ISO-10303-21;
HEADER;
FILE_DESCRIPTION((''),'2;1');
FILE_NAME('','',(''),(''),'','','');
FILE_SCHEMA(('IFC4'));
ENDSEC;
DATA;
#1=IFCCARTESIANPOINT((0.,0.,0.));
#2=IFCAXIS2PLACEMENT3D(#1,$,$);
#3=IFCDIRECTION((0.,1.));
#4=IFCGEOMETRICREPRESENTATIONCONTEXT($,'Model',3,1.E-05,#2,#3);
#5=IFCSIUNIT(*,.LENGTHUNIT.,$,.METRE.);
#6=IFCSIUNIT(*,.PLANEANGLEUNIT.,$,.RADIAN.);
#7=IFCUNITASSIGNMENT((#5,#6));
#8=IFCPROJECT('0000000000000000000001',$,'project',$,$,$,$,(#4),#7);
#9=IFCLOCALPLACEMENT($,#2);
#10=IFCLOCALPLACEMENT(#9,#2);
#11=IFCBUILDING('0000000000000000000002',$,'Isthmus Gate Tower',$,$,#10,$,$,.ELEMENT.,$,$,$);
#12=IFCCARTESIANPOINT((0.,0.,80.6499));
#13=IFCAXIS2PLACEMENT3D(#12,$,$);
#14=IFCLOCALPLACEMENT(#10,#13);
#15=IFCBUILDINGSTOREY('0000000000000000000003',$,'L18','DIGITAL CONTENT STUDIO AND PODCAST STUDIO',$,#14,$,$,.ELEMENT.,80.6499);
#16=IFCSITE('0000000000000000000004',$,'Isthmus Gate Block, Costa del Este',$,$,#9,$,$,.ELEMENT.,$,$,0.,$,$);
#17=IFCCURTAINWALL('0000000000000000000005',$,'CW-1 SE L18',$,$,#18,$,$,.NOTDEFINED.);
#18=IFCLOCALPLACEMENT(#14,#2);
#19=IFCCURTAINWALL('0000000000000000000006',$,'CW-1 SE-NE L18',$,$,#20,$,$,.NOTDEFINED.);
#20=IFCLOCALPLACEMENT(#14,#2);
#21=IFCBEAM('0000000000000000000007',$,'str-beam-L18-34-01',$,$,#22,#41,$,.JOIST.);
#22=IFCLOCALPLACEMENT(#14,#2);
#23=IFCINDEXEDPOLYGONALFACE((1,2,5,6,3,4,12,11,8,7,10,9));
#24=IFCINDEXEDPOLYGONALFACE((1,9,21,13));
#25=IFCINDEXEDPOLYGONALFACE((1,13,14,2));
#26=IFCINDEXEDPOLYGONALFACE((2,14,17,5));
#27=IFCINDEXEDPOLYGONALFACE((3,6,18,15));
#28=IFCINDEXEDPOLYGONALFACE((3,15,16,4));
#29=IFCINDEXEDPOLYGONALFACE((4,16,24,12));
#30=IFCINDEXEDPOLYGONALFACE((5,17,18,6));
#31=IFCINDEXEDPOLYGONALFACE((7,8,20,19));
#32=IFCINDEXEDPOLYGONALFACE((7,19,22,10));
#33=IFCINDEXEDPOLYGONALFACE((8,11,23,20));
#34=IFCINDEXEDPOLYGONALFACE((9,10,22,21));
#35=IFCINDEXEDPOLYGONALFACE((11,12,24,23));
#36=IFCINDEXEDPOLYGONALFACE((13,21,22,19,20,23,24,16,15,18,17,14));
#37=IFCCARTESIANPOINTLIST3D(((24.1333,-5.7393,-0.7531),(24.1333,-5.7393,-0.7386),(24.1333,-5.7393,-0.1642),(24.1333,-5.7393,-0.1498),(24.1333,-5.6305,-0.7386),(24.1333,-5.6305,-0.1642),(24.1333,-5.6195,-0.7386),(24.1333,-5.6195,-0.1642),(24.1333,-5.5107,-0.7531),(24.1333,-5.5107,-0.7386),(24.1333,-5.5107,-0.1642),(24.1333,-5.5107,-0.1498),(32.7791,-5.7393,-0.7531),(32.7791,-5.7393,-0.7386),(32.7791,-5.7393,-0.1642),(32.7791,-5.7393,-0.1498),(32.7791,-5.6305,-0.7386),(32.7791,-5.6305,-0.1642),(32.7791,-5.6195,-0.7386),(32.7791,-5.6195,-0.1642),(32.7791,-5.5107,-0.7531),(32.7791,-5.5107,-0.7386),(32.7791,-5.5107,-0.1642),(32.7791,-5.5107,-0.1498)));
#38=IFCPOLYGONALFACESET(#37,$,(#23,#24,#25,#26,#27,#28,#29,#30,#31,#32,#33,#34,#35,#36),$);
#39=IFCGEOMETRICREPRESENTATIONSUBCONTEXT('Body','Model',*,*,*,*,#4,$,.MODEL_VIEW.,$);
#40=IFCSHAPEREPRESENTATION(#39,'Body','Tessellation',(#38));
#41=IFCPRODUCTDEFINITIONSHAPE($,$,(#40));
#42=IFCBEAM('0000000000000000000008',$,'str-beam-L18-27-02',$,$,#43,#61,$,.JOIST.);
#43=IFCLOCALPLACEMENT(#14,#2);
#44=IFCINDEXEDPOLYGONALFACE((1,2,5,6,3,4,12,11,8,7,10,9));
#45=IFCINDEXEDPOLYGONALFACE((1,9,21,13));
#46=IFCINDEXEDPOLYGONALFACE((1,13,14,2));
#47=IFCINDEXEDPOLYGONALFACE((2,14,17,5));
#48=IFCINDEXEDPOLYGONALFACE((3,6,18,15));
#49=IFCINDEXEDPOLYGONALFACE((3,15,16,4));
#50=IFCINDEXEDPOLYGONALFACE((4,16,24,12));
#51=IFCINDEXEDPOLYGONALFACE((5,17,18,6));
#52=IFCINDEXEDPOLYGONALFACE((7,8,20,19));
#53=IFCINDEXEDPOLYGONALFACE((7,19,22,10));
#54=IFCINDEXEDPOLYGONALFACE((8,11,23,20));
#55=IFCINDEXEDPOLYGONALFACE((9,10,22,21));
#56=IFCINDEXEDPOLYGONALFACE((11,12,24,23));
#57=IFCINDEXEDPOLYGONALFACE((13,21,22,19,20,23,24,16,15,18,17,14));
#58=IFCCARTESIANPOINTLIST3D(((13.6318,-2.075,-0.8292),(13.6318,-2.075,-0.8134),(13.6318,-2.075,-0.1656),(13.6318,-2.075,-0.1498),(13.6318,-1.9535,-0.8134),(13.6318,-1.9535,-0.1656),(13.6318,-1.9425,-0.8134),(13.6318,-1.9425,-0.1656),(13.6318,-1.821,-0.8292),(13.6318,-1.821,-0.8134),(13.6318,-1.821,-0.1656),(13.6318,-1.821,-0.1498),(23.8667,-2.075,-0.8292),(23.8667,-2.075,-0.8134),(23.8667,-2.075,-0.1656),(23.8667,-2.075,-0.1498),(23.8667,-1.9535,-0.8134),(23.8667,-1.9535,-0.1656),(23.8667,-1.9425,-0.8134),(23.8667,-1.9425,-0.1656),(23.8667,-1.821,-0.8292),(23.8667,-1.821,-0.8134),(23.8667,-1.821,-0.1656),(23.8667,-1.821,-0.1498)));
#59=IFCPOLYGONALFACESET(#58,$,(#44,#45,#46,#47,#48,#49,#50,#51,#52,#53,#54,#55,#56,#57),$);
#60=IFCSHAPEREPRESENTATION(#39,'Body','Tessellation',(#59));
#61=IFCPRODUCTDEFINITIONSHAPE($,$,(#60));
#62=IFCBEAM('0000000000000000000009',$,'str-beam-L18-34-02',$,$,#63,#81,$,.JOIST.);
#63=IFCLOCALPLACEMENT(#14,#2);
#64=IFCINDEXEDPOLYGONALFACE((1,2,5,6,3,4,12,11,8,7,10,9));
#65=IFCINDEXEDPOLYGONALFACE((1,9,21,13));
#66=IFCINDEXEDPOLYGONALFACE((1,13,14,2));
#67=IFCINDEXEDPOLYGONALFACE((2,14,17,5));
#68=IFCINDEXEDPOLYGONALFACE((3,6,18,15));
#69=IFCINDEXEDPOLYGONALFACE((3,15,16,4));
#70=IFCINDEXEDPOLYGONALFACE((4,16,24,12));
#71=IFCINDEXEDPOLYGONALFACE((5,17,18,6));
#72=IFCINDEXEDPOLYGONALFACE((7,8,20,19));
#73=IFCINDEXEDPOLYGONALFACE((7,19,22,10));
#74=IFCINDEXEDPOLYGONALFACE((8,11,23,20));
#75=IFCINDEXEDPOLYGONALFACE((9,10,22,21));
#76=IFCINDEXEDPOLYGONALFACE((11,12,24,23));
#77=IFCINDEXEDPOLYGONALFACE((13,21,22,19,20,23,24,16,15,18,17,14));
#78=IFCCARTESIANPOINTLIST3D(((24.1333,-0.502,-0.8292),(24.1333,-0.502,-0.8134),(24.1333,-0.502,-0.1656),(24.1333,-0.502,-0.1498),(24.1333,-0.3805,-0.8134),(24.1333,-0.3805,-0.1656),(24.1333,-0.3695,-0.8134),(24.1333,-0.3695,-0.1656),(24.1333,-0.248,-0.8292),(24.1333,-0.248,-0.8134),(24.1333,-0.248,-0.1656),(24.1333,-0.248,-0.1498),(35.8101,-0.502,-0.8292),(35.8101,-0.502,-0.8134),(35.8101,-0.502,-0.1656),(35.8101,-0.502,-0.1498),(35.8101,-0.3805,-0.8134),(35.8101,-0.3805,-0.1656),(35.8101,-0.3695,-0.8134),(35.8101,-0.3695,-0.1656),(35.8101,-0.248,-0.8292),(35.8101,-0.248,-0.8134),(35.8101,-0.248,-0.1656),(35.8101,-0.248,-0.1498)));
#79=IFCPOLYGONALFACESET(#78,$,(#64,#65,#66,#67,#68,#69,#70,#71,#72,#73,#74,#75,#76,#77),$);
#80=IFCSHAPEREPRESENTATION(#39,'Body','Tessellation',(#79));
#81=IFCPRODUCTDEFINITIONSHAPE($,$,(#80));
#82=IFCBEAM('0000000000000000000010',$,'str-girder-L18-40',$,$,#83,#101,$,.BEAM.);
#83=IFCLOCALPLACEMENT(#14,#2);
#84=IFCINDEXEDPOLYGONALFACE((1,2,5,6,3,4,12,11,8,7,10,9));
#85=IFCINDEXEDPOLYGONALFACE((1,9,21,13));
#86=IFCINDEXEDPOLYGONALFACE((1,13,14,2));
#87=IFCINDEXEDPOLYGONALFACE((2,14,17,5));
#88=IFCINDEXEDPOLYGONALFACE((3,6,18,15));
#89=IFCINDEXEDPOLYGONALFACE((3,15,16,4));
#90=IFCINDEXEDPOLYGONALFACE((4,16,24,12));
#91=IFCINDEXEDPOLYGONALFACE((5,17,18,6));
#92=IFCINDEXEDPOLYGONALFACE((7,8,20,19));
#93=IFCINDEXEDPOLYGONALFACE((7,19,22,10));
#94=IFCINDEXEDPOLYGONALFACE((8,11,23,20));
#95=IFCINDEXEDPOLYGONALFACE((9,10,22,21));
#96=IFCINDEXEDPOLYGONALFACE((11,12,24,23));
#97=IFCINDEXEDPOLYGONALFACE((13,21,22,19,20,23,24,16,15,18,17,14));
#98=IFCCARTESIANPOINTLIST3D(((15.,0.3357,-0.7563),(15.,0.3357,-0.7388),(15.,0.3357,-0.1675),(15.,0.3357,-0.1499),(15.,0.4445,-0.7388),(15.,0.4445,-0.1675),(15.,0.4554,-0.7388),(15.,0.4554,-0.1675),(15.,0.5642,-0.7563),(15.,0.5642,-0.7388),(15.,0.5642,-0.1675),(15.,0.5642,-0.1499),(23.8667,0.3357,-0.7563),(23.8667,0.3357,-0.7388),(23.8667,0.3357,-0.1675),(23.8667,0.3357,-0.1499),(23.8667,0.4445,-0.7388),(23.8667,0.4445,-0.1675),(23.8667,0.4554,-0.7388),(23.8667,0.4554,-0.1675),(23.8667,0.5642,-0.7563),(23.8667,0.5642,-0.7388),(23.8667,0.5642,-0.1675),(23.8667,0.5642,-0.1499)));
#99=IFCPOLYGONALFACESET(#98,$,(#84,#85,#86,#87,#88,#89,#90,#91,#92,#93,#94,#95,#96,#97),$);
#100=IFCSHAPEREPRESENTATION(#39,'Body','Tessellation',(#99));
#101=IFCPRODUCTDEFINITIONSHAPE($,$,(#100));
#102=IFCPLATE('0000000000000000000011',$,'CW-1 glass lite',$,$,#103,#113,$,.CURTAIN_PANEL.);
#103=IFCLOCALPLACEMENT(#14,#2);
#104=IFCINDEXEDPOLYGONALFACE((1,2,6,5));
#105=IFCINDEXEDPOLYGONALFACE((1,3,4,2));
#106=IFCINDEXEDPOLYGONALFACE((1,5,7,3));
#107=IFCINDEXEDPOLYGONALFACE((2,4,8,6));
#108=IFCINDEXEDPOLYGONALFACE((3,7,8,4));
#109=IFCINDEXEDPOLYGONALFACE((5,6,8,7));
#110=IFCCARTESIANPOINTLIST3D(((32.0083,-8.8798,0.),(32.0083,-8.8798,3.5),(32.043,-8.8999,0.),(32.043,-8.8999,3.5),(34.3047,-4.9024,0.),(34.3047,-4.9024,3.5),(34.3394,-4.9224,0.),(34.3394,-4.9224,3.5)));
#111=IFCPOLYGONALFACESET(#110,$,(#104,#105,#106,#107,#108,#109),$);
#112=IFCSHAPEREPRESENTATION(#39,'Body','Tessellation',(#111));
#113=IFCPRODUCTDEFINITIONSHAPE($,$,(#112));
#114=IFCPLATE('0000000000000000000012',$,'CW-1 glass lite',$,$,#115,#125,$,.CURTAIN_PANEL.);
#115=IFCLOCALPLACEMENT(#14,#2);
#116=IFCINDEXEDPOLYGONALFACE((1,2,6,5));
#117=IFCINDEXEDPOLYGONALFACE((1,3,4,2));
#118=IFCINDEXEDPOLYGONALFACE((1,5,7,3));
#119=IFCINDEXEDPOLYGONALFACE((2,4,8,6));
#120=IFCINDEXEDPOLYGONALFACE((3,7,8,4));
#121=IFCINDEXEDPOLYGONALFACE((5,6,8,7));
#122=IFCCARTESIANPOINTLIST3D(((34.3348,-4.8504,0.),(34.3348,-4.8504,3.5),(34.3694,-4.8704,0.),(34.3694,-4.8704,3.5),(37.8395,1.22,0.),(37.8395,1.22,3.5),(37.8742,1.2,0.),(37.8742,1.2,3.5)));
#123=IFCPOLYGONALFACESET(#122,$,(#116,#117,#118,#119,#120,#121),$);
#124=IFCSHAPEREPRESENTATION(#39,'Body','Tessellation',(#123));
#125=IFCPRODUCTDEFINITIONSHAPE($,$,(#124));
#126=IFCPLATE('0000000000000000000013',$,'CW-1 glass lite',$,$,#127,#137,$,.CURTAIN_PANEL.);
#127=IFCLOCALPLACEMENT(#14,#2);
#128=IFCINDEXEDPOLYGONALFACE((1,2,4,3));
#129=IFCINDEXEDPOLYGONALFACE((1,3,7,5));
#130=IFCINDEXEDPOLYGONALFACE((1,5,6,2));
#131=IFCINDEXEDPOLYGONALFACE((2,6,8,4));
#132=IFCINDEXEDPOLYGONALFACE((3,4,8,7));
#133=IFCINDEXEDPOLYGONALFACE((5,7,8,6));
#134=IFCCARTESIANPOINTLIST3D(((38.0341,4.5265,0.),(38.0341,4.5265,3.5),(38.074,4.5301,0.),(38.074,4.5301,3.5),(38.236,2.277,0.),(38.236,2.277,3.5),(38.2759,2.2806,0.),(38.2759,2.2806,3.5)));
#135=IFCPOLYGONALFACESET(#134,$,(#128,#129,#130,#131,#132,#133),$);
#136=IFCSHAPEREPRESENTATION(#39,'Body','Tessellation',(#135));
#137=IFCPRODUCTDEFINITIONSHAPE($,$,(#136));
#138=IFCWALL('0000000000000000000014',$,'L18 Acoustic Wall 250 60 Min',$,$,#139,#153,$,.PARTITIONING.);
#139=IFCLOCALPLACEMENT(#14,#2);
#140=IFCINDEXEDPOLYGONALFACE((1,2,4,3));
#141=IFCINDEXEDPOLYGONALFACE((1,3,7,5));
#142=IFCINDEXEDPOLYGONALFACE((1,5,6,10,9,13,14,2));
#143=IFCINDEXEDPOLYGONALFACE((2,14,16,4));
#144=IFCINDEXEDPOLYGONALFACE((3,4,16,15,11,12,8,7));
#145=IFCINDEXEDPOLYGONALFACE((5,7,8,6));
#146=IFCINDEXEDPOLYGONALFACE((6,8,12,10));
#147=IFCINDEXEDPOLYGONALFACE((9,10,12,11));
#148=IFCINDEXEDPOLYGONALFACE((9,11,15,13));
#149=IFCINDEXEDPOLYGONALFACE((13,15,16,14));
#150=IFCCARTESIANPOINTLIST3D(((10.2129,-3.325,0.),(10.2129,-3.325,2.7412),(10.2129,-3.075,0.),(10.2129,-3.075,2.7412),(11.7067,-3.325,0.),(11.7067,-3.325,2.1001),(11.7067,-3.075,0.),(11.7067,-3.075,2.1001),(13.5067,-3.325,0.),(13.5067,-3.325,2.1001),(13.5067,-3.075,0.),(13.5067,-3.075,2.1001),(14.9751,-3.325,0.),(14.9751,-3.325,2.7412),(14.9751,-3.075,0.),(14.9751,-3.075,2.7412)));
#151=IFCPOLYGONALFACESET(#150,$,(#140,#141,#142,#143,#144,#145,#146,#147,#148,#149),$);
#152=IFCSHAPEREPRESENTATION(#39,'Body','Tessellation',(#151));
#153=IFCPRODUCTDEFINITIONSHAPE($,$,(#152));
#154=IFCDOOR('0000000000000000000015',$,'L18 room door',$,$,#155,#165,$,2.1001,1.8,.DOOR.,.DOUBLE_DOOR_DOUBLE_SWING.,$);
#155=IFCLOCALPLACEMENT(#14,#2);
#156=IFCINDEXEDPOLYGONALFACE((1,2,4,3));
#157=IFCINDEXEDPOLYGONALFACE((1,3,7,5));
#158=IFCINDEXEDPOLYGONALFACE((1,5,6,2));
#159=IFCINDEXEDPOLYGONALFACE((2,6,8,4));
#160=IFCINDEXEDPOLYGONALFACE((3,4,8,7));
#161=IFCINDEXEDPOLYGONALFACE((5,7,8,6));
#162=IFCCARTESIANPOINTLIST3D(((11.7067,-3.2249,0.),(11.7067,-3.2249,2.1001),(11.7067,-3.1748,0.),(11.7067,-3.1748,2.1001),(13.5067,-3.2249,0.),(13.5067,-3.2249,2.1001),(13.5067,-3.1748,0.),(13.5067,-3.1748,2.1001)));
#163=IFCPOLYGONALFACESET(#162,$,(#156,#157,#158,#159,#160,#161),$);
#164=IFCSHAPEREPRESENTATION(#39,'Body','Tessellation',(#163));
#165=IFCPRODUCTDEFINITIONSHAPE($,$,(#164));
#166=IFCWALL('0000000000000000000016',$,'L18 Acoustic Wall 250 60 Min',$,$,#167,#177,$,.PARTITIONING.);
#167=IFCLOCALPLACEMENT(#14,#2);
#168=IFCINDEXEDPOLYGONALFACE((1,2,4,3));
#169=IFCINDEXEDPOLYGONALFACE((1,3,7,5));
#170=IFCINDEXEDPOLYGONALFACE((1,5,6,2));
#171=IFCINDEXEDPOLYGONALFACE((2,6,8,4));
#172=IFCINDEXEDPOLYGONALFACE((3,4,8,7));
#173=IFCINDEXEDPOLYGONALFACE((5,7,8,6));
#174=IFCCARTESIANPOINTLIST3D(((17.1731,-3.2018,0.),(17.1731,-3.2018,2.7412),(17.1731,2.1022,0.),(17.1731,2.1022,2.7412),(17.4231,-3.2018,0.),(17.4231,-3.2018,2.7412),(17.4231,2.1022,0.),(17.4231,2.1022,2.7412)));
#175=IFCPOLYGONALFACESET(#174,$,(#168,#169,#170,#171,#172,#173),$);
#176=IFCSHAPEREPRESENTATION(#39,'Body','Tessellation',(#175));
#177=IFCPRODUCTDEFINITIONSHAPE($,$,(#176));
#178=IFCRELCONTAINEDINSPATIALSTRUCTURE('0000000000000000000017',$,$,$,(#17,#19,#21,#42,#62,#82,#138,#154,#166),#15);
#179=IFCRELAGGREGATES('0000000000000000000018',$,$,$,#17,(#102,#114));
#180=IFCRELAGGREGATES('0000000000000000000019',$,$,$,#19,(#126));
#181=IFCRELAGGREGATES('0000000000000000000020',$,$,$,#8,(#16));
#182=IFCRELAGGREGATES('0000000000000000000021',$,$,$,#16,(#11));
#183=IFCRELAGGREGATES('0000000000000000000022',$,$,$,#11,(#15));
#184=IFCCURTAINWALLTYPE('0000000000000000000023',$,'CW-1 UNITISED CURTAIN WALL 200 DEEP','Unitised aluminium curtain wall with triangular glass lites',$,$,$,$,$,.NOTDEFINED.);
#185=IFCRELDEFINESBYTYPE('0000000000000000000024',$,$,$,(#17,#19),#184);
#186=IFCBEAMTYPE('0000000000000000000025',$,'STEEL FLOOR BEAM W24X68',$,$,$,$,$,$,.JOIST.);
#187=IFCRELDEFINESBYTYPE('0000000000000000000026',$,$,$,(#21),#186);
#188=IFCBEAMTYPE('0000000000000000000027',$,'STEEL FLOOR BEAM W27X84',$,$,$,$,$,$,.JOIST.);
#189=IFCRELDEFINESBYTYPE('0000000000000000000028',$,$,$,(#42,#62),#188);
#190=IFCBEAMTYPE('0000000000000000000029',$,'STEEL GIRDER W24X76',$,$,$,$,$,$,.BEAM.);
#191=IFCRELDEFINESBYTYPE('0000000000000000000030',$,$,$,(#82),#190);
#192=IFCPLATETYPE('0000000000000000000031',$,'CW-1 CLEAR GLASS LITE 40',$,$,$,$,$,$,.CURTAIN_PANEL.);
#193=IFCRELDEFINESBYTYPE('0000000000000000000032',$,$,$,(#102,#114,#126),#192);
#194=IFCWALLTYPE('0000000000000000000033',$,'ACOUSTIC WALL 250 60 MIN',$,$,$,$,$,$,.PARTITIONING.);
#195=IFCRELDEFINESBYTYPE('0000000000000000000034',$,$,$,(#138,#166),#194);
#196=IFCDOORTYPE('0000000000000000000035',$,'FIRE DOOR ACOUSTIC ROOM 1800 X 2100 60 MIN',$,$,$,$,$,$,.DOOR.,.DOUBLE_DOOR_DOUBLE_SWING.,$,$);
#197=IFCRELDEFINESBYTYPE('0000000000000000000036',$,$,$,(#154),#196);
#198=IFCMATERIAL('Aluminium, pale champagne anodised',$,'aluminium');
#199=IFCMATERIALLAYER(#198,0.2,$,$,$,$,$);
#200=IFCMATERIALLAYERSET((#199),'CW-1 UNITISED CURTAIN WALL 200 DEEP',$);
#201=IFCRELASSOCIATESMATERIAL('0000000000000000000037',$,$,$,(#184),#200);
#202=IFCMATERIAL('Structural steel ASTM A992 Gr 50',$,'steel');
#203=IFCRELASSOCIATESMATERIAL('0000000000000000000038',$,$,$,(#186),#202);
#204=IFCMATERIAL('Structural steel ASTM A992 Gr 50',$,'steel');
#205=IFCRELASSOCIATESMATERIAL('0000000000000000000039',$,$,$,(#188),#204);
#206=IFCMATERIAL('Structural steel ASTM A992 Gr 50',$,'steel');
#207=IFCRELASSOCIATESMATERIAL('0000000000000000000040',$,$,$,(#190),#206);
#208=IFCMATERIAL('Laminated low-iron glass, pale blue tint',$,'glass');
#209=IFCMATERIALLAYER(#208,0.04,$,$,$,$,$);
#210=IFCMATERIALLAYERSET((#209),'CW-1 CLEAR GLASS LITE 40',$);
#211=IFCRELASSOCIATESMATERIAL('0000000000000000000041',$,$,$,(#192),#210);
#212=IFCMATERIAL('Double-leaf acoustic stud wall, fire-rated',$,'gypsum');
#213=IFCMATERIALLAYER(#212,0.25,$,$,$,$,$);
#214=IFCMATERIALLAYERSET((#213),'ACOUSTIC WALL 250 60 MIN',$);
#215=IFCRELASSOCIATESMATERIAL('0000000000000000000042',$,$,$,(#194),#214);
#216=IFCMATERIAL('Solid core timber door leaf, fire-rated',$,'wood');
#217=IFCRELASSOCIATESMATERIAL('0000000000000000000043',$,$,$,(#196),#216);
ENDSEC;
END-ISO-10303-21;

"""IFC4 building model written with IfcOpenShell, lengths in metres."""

from ifc_helpers import new_model, si_unit, direction, frame, frame_2d, origin, origin_2d, place, context, subcontext, project, spatial, rectangle, i_section, extrude, material, layer, layer_set, material_profile, profile_set, type_object, element, fill, aggregate, save


model = new_model("IFC4")

# Units and contexts
model_context = context("Model", 3, precision=1e-05, world=origin(), true_north=direction((0.0, 1.0)))
body_context = subcontext(model_context, "Body", "Model", "MODEL_VIEW")
ifc_project = project(units=[si_unit("LENGTHUNIT", "METRE"), si_unit("PLANEANGLEUNIT", "RADIAN")], contexts=[model_context])

# Site, building, storey
site_placement = place(None, origin())
site = spatial("IfcSite", under=ifc_project, at=site_placement, Name="Isthmus Gate Block, Costa del Este", CompositionType="ELEMENT", RefElevation=0.0)
building_placement = place(site_placement, origin())
building = spatial("IfcBuilding", under=site, at=building_placement, Name="Isthmus Gate Tower", CompositionType="ELEMENT")
storey_placement = place(building_placement, frame((0.0, 0.0, 80.6499)))
storey = spatial("IfcBuildingStorey", under=building, at=storey_placement, Name="L18", Description="DIGITAL CONTENT STUDIO AND PODCAST STUDIO", CompositionType="ELEMENT", Elevation=80.6499)

# Curtain walls
ifc_material_1 = material(Name="Aluminium, pale champagne anodised", Category="aluminium")
ifc_layer_1 = layer(ifc_material_1, 0.2)
ifc_layer_set_1 = layer_set([ifc_layer_1], Name="CW-1 UNITISED CURTAIN WALL 200 DEEP")
curtain_wall_type = type_object("IfcCurtainWallType", Name="CW-1 UNITISED CURTAIN WALL 200 DEEP", Description="Unitised aluminium curtain wall with triangular glass lites", PredefinedType="NOTDEFINED", material=ifc_layer_set_1)
curtain_wall_1_placement = place(storey_placement, origin())
curtain_wall_1 = element("IfcCurtainWall", 1, at=curtain_wall_1_placement, inside=storey, type_object=curtain_wall_type, Name="CW-1 SE L18", PredefinedType="NOTDEFINED")
curtain_wall_2_placement = place(storey_placement, origin())
curtain_wall_2 = element("IfcCurtainWall", 2, at=curtain_wall_2_placement, inside=storey, type_object=curtain_wall_type, Name="CW-1 SE-NE L18", PredefinedType="NOTDEFINED")

# Beams
ifc_material_2 = material(Name="Structural steel ASTM A992 Gr 50", Category="steel")
ifc_material_profile_1 = material_profile(ifc_material_2, i_section(OverallWidth=0.2285, OverallDepth=0.6033, WebThickness=0.011, FlangeThickness=0.0144, at=origin_2d()), Name="W24X68")
ifc_profile_set_1 = profile_set([ifc_material_profile_1], Name="Structural steel ASTM A992 Gr 50")
beam_type_1 = type_object("IfcBeamType", Name="STEEL FLOOR BEAM W24X68", PredefinedType="JOIST", material=ifc_profile_set_1)
beam_1_placement = place(storey_placement, frame((24.1333, -5.625, -0.4514), z_axis=(1.0, 0.0, 0.0), x_axis=(0.0, 1.0, 0.0)))
element("IfcBeam", 3, at=beam_1_placement, inside=storey, type_object=beam_type_1, Name="str-beam-L18-34-01", PredefinedType="JOIST", context=body_context, shape_type="SweptSolid", body=[
    extrude(i_section(OverallWidth=0.2285, OverallDepth=0.6033, WebThickness=0.011, FlangeThickness=0.0144, at=origin_2d()), origin(), (0.0, 0.0, 1.0), 8.6458),
])
ifc_material_3 = material(Name="Structural steel ASTM A992 Gr 50", Category="steel")
ifc_material_profile_2 = material_profile(ifc_material_3, i_section(OverallWidth=0.2539, OverallDepth=0.6794, WebThickness=0.011, FlangeThickness=0.0159, at=origin_2d()), Name="W27X84")
ifc_profile_set_2 = profile_set([ifc_material_profile_2], Name="Structural steel ASTM A992 Gr 50")
beam_type_2 = type_object("IfcBeamType", Name="STEEL FLOOR BEAM W27X84", PredefinedType="JOIST", material=ifc_profile_set_2)
beam_2_placement = place(storey_placement, frame((13.6318, -1.948, -0.4895), z_axis=(1.0, 0.0, 0.0), x_axis=(0.0, 1.0, 0.0)))
element("IfcBeam", 4, at=beam_2_placement, inside=storey, type_object=beam_type_2, Name="str-beam-L18-27-02", PredefinedType="JOIST", context=body_context, shape_type="SweptSolid", body=[
    extrude(i_section(OverallWidth=0.2539, OverallDepth=0.6794, WebThickness=0.011, FlangeThickness=0.0159, at=origin_2d()), origin(), (0.0, 0.0, 1.0), 10.2349),
])
beam_3_placement = place(storey_placement, frame((24.1333, -0.375, -0.4895), z_axis=(1.0, 0.0, 0.0), x_axis=(0.0, 1.0, 0.0)))
element("IfcBeam", 5, at=beam_3_placement, inside=storey, type_object=beam_type_2, Name="str-beam-L18-34-02", PredefinedType="JOIST", context=body_context, shape_type="SweptSolid", body=[
    extrude(i_section(OverallWidth=0.2539, OverallDepth=0.6794, WebThickness=0.011, FlangeThickness=0.0159, at=origin_2d()), origin(), (0.0, 0.0, 1.0), 11.6768),
])
ifc_material_4 = material(Name="Structural steel ASTM A992 Gr 50", Category="steel")
ifc_material_profile_3 = material_profile(ifc_material_4, i_section(OverallWidth=0.2285, OverallDepth=0.6064, WebThickness=0.011, FlangeThickness=0.0176, at=origin_2d()), Name="W24X76")
ifc_profile_set_3 = profile_set([ifc_material_profile_3], Name="Structural steel ASTM A992 Gr 50")
beam_type_3 = type_object("IfcBeamType", Name="STEEL GIRDER W24X76", PredefinedType="BEAM", material=ifc_profile_set_3)
beam_4_placement = place(storey_placement, frame((15.0, 0.45, -0.4531), z_axis=(1.0, 0.0, 0.0), x_axis=(0.0, 1.0, 0.0)))
element("IfcBeam", 6, at=beam_4_placement, inside=storey, type_object=beam_type_3, Name="str-girder-L18-40", PredefinedType="BEAM", context=body_context, shape_type="SweptSolid", body=[
    extrude(i_section(OverallWidth=0.2285, OverallDepth=0.6064, WebThickness=0.011, FlangeThickness=0.0176, at=origin_2d()), origin(), (0.0, 0.0, 1.0), 8.8667),
])

# Plates
ifc_material_5 = material(Name="Laminated low-iron glass, pale blue tint", Category="glass")
ifc_layer_2 = layer(ifc_material_5, 0.04)
ifc_layer_set_2 = layer_set([ifc_layer_2], Name="CW-1 CLEAR GLASS LITE 40")
plate_type = type_object("IfcPlateType", Name="CW-1 CLEAR GLASS LITE 40", PredefinedType="CURTAIN_PANEL", material=ifc_layer_set_2)
plate_1_placement = place(storey_placement, frame((33.1738, -6.9011, 0.0), z_axis=(0.0, 0.0, 1.0), x_axis=(0.5, 0.866025, 0.0)))
plate_1 = element("IfcPlate", 7, at=plate_1_placement, type_object=plate_type, Name="CW-1 glass lite", PredefinedType="CURTAIN_PANEL", context=body_context, shape_type="SweptSolid", body=[
    extrude(rectangle(XDim=4.5928, YDim=0.04, at=origin_2d()), origin(), (0.0, 0.0, 1.0), 3.5),
])
plate_2_placement = place(storey_placement, frame((36.1045, -1.8252, 0.0), z_axis=(0.0, 0.0, 1.0), x_axis=(0.5, 0.866025, 0.0)))
plate_2 = element("IfcPlate", 8, at=plate_2_placement, type_object=plate_type, Name="CW-1 glass lite", PredefinedType="CURTAIN_PANEL", context=body_context, shape_type="SweptSolid", body=[
    extrude(rectangle(XDim=7.0095, YDim=0.04, at=origin_2d()), origin(), (0.0, 0.0, 1.0), 3.5),
])
aggregate(curtain_wall_1, [plate_1, plate_2])
plate_3_placement = place(storey_placement, frame((38.155, 3.4036, 0.0), z_axis=(0.0, 0.0, 1.0), x_axis=(-0.089397, 0.995996, 0.0)))
plate_3 = element("IfcPlate", 9, at=plate_3_placement, type_object=plate_type, Name="CW-1 glass lite", PredefinedType="CURTAIN_PANEL", context=body_context, shape_type="SweptSolid", body=[
    extrude(rectangle(XDim=2.2585, YDim=0.04, at=origin_2d()), origin(), (0.0, 0.0, 1.0), 3.5),
])
aggregate(curtain_wall_2, [plate_3])

# Wall, opening, door
ifc_material_6 = material(Name="Double-leaf acoustic stud wall, fire-rated", Category="gypsum")
ifc_layer_3 = layer(ifc_material_6, 0.25)
ifc_layer_set_3 = layer_set([ifc_layer_3], Name="ACOUSTIC WALL 250 60 MIN")
wall_type_1 = type_object("IfcWallType", Name="ACOUSTIC WALL 250 60 MIN", PredefinedType="PARTITIONING", material=ifc_layer_set_3)
wall_1_placement = place(storey_placement, frame((14.9751, -3.2, 0.0), z_axis=(0.0, 0.0, 1.0), x_axis=(-1.0, 0.0, 0.0)))
wall_1 = element("IfcWall", 10, at=wall_1_placement, inside=storey, type_object=wall_type_1, Name="L18 Acoustic Wall 250 60 Min", PredefinedType="PARTITIONING", context=body_context, shape_type="SweptSolid", body=[
    extrude(rectangle(XDim=4.7622, YDim=0.25, at=frame_2d((2.3811, 0.0))), origin(), (0.0, 0.0, 1.0), 2.7412),
])
opening_1_placement = place(wall_1_placement, frame((1.4685, 0.0, 0.0)))
opening_1 = element("IfcOpeningElement", 11, at=opening_1_placement, cuts=wall_1, PredefinedType="OPENING", context=body_context, shape_type="SweptSolid", body=[
    extrude(rectangle(XDim=1.8, YDim=2.1001, at=frame_2d((0.8999, 1.05))), frame((0.0, 0.135, 0.0), z_axis=(0.0, -1.0, 0.0), x_axis=(1.0, 0.0, 0.0)), (0.0, 0.0, 1.0), 0.27),
])
ifc_material_7 = material(Name="Solid core timber door leaf, fire-rated", Category="wood")
door_type = type_object("IfcDoorType", Name="FIRE DOOR ACOUSTIC ROOM 1800 X 2100 60 MIN", OperationType="DOUBLE_DOOR_DOUBLE_SWING", PredefinedType="DOOR", material=ifc_material_7)
door_1_placement = place(opening_1_placement, origin())
door_1 = element("IfcDoor", 12, at=door_1_placement, inside=storey, type_object=door_type, Name="L18 room door", OperationType="DOUBLE_DOOR_DOUBLE_SWING", OverallHeight=2.1001, OverallWidth=1.8, PredefinedType="DOOR", context=body_context, shape_type="SweptSolid", body=[
    extrude(rectangle(XDim=1.8, YDim=2.1001, at=frame_2d((0.8999, 1.05))), frame((0.0, 0.0249, 0.0), z_axis=(0.0, -1.0, 0.0), x_axis=(1.0, 0.0, 0.0)), (0.0, 0.0, 1.0), 0.05),
])
fill(opening_1, door_1)

# Wall
wall_2_placement = place(storey_placement, frame((17.2981, 2.1021, 0.0), z_axis=(0.0, 0.0, 1.0), x_axis=(0.0, -1.0, 0.0)))
element("IfcWall", 13, at=wall_2_placement, inside=storey, type_object=wall_type_1, Name="L18 Acoustic Wall 250 60 Min", PredefinedType="PARTITIONING", context=body_context, shape_type="SweptSolid", body=[
    extrude(rectangle(XDim=5.304, YDim=0.25, at=frame_2d((2.6519, 0.0))), origin(), (0.0, 0.0, 1.0), 2.7412),
])

save(model, "model.ifc")
